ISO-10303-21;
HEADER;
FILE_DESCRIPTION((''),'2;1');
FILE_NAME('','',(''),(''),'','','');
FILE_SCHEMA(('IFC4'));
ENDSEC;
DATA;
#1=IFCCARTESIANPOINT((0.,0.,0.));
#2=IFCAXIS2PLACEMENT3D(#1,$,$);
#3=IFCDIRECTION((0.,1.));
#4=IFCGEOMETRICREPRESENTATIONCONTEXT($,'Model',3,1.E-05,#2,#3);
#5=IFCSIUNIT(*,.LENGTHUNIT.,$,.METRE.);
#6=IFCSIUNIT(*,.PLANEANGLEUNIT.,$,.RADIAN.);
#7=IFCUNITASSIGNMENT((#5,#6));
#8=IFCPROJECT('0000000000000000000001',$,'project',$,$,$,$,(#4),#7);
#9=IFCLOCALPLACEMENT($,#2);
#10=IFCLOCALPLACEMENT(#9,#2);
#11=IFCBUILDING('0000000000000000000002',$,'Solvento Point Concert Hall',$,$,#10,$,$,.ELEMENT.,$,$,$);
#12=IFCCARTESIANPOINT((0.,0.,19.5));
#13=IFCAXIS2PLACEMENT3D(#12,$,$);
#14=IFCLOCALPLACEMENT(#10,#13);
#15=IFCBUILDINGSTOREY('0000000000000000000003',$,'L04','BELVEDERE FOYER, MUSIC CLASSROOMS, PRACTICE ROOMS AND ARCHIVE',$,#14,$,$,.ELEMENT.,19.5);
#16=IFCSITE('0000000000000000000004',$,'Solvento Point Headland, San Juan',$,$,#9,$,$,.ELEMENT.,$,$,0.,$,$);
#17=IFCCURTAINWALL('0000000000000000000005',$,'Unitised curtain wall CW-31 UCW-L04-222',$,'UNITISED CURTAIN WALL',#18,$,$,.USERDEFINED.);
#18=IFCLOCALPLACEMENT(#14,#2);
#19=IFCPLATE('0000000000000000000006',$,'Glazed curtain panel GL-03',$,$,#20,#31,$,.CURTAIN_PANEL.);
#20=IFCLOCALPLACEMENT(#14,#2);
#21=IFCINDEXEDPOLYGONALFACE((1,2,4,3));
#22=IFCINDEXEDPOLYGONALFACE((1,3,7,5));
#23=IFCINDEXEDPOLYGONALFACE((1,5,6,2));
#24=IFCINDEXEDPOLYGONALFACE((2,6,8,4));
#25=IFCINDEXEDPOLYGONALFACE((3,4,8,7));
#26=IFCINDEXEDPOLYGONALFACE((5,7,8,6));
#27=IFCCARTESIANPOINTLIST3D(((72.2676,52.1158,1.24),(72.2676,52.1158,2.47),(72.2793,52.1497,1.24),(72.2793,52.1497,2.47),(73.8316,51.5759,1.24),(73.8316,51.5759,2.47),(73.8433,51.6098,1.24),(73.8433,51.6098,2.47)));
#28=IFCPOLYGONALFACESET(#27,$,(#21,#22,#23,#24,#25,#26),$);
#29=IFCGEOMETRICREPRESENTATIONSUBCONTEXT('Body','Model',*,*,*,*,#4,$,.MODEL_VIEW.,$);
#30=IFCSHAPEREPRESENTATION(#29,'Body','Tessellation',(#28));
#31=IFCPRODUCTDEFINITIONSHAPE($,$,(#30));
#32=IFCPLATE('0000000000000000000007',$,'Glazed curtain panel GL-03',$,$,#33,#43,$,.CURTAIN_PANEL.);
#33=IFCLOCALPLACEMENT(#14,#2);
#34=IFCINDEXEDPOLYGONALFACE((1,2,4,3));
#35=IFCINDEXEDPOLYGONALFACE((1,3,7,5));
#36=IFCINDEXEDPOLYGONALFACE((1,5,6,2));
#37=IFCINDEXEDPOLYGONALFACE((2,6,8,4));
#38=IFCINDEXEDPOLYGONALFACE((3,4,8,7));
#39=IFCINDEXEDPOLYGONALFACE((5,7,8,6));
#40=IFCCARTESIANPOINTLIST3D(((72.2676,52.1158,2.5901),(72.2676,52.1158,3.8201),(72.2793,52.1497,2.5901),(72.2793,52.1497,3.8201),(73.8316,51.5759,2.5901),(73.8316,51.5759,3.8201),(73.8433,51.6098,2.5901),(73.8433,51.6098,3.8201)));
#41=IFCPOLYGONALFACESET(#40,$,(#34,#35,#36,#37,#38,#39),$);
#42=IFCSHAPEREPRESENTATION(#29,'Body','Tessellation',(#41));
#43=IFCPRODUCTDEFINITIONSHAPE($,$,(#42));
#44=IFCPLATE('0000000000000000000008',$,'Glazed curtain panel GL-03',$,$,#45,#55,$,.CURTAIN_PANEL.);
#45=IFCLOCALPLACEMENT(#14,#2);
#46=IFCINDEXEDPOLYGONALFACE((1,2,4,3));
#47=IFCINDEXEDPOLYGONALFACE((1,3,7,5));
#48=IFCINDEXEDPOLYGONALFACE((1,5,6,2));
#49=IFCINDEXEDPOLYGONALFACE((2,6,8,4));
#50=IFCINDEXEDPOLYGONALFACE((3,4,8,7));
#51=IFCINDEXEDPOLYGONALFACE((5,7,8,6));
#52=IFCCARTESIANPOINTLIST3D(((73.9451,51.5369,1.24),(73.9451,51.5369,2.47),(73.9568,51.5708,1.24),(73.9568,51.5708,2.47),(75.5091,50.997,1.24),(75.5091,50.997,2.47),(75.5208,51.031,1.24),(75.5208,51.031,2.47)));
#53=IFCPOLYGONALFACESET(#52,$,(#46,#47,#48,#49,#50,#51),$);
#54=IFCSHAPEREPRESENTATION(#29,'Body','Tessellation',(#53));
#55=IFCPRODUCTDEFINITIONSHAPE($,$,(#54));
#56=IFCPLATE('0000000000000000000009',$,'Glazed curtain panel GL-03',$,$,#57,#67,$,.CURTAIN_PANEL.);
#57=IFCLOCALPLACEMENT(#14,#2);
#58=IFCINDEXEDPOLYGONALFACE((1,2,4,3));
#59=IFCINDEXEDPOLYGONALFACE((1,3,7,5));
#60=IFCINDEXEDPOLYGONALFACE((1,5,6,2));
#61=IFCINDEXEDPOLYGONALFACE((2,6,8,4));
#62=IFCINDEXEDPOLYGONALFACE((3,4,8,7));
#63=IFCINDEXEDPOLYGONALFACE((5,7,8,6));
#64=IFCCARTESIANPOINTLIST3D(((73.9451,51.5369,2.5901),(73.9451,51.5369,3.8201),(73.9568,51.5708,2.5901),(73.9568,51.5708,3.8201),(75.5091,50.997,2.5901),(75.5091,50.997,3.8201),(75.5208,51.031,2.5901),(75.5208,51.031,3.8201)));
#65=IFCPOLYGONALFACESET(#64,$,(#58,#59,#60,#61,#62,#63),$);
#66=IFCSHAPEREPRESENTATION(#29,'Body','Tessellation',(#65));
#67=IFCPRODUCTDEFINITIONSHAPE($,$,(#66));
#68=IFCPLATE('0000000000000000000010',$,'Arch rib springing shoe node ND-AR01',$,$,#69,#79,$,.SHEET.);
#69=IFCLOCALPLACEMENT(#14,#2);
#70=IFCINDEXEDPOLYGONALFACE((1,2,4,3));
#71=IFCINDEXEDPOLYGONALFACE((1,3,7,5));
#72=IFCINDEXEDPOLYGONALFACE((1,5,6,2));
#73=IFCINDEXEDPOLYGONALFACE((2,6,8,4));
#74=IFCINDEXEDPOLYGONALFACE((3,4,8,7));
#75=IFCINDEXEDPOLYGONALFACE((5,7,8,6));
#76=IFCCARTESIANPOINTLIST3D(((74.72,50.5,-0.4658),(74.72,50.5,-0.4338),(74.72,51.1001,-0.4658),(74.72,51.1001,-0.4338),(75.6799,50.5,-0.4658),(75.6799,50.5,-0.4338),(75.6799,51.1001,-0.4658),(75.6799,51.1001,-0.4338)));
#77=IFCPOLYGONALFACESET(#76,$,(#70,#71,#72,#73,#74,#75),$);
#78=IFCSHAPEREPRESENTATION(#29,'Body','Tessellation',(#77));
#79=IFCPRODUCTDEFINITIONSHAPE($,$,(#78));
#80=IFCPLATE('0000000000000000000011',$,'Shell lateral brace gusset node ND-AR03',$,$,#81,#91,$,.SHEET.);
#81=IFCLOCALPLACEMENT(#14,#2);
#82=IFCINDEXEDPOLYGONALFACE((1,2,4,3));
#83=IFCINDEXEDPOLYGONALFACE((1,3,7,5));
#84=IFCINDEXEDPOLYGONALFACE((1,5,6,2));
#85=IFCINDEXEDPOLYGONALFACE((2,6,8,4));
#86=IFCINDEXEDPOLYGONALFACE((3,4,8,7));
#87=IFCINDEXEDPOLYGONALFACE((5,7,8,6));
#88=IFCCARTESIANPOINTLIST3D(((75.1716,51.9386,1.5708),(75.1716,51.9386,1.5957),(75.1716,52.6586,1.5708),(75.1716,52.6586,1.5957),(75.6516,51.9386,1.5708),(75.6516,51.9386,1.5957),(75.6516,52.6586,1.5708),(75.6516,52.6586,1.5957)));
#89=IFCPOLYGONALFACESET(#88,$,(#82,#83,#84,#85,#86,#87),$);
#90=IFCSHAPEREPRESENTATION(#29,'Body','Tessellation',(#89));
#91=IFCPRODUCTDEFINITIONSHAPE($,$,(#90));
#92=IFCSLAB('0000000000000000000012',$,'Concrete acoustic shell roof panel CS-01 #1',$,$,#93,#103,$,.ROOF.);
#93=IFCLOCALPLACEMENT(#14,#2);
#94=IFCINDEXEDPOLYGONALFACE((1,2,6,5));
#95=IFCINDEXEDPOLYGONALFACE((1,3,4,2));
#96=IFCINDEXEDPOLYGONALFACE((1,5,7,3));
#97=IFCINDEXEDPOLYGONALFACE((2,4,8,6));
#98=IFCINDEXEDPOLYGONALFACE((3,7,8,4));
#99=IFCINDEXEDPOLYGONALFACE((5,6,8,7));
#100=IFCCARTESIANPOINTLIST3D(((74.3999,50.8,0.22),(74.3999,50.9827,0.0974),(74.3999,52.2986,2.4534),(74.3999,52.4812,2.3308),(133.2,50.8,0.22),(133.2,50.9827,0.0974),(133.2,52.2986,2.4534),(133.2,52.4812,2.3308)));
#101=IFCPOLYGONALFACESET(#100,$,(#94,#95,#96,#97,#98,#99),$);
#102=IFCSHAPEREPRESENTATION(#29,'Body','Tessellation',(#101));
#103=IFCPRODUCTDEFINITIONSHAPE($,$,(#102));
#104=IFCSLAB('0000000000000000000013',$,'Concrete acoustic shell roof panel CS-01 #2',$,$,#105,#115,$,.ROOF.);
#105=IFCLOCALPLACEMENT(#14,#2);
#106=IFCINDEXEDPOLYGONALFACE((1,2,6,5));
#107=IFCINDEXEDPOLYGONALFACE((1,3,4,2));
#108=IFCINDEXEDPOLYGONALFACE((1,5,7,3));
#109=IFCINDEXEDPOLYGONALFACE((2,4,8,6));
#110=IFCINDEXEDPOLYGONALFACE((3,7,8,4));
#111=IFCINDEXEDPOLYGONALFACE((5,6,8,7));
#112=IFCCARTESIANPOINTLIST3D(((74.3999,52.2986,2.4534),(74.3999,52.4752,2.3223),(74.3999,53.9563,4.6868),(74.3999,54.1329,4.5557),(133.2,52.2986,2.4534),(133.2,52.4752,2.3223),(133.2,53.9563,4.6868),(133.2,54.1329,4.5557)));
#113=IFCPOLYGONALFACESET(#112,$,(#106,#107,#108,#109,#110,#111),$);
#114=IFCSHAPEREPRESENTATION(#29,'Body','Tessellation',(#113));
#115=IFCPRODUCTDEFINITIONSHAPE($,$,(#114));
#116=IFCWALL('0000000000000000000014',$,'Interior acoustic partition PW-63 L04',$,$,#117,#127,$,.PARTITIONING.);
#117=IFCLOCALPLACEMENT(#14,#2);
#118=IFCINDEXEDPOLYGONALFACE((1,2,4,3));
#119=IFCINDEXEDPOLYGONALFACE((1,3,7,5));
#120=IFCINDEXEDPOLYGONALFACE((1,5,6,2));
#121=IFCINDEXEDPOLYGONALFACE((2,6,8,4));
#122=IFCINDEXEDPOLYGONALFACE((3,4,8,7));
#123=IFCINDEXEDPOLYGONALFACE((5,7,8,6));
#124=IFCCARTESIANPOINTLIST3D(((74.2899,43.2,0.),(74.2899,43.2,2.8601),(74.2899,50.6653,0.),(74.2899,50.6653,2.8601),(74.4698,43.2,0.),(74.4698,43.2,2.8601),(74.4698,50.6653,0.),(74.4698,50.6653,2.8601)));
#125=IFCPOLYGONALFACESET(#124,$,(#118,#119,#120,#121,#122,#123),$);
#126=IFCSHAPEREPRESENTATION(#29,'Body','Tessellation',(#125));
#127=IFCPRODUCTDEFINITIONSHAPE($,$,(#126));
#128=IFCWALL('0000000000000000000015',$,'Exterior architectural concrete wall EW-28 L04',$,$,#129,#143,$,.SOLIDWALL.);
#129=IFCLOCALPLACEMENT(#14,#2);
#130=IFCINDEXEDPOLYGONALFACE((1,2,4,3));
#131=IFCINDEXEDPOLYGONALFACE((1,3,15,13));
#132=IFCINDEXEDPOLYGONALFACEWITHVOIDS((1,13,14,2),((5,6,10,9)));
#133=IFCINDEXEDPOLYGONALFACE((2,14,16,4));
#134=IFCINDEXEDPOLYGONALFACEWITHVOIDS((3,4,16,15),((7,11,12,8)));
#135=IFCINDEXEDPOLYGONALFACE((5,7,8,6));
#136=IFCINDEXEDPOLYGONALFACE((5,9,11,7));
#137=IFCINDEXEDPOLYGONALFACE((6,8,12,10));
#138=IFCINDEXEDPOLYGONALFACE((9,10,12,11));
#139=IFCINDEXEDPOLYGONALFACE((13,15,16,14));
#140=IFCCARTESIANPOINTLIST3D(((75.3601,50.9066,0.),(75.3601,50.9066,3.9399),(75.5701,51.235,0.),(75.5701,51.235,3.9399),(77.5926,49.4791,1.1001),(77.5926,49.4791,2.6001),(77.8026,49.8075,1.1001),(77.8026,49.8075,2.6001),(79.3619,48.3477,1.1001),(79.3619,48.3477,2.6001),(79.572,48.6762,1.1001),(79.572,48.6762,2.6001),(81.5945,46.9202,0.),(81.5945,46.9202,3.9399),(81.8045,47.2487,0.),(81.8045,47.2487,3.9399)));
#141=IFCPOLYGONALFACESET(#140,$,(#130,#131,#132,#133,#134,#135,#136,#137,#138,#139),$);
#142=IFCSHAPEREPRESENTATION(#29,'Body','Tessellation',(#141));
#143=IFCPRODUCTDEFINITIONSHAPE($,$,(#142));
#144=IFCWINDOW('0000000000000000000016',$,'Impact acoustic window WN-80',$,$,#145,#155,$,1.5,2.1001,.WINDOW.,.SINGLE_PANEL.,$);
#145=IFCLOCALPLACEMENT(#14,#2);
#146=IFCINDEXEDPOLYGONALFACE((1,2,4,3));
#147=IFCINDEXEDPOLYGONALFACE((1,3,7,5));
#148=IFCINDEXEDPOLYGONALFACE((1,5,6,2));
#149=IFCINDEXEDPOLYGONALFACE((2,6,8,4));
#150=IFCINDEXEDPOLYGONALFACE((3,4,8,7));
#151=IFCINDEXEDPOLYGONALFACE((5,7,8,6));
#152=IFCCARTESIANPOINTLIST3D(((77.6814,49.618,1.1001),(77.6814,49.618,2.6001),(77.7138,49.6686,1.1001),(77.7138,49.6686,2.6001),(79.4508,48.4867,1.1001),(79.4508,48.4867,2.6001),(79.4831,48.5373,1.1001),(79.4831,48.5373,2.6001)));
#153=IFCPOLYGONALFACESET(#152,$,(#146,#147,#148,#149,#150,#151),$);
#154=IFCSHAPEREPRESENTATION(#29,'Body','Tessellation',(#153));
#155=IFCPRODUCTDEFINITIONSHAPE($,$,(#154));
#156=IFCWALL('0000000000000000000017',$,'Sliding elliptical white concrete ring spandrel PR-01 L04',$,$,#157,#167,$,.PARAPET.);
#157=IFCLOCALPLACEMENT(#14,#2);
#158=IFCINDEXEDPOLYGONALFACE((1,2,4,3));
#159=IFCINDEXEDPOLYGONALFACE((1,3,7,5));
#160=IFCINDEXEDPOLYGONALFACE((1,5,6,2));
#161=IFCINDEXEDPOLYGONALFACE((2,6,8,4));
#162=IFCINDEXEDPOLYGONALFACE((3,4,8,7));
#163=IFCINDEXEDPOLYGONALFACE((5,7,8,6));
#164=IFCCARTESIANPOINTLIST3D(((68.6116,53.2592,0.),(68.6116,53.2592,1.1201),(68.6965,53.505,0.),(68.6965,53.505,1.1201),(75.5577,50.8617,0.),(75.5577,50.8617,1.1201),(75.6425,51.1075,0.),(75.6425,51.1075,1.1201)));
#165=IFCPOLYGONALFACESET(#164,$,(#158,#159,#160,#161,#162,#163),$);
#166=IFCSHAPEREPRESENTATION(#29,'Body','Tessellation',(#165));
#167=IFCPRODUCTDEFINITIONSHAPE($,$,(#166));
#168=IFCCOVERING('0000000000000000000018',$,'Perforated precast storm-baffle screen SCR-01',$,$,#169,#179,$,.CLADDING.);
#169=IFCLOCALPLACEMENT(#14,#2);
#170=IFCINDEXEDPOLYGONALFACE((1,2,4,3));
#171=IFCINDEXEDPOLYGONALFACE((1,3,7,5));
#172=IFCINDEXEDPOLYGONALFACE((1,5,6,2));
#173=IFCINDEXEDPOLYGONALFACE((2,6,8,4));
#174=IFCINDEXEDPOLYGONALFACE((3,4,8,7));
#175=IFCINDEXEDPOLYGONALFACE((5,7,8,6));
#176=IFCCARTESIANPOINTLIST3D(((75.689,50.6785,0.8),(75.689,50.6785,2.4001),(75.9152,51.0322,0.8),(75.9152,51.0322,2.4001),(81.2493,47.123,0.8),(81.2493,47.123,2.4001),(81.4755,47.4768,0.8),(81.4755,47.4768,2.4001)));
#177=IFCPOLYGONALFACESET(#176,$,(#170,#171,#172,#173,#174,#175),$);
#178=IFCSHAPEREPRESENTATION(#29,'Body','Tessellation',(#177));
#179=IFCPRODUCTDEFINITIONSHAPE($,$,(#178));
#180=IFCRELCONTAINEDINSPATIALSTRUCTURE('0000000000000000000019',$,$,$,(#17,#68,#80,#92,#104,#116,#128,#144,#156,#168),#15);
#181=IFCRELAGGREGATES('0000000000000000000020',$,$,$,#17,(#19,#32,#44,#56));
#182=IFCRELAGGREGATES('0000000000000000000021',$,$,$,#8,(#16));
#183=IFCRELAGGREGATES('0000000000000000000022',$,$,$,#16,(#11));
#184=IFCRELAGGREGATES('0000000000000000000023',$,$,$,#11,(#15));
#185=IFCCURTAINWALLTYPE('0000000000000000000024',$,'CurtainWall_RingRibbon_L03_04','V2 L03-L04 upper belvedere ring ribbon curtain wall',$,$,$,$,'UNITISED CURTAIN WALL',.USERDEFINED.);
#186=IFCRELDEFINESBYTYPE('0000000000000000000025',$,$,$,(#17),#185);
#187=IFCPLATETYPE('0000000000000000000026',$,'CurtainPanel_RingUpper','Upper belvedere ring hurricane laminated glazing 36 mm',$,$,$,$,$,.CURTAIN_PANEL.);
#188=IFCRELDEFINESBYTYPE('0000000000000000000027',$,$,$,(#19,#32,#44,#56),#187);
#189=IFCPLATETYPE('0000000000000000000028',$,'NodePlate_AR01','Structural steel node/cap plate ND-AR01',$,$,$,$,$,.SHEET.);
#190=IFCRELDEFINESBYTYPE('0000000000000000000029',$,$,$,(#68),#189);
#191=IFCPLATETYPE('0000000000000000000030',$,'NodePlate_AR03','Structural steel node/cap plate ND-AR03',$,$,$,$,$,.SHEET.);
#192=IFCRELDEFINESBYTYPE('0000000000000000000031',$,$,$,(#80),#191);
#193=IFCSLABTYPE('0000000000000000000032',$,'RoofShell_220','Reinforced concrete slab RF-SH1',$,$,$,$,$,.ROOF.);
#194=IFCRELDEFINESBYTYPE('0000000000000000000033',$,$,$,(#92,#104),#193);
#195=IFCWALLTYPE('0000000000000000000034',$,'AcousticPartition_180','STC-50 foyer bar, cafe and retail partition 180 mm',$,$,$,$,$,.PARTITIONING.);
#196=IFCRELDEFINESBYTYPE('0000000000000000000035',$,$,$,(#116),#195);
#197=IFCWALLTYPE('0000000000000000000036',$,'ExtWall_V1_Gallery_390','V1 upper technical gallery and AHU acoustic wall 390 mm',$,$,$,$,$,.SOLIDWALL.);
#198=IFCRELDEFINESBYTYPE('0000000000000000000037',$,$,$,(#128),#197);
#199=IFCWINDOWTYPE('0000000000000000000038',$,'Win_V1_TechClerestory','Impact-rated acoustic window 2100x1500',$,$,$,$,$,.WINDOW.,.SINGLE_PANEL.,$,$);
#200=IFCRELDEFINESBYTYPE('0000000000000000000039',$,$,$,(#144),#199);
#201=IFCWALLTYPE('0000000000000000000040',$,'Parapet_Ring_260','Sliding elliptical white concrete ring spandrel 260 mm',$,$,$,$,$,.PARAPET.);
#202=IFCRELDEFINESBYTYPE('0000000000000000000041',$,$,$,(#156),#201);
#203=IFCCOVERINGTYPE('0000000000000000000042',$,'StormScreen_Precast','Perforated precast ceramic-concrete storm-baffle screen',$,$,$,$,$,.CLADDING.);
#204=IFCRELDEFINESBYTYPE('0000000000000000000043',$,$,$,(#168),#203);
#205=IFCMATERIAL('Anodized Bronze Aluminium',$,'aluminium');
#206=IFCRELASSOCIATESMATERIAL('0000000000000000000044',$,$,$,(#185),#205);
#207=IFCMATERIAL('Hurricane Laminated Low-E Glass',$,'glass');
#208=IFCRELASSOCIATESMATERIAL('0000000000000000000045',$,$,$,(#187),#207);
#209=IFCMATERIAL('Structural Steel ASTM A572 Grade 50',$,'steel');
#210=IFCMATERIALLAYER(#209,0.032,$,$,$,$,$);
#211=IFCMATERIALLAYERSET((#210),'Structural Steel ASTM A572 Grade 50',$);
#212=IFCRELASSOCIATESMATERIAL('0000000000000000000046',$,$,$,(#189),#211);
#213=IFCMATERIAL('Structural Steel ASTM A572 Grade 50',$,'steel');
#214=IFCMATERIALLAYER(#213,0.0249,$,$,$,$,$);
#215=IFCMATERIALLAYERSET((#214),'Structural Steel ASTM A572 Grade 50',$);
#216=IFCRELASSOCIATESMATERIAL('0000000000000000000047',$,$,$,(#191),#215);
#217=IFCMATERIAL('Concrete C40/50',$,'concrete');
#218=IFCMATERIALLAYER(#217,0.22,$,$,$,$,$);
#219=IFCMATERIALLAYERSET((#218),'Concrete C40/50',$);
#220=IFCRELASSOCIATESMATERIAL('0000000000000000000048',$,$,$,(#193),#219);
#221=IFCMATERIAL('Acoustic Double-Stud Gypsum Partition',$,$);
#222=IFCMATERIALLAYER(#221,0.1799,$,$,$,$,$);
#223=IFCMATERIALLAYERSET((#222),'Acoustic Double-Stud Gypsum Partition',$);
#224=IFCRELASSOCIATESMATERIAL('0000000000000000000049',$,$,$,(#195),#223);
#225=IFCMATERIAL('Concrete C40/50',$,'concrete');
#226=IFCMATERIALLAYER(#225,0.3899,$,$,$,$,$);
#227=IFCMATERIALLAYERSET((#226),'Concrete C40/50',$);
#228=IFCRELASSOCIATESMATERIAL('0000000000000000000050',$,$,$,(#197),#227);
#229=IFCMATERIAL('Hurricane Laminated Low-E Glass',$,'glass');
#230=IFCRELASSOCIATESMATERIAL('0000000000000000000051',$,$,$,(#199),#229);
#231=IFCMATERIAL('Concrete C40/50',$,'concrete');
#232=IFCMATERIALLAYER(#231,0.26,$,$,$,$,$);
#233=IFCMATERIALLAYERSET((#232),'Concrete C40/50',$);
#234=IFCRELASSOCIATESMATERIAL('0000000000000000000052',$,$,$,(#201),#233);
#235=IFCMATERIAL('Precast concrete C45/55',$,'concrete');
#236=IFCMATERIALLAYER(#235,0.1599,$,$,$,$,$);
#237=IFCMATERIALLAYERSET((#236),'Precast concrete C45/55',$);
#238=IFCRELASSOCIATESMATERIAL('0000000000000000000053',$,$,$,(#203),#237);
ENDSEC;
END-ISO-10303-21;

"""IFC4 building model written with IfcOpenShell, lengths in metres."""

from ifc_helpers import new_model, si_unit, direction, frame, frame_2d, origin, origin_2d, place, context, subcontext, project, spatial, polyline, rectangle, outline, extrude, material, layer, layer_set, type_object, element, fill, aggregate, save


model = new_model("IFC4")

# Units and contexts
model_context = context("Model", 3, precision=1e-05, world=origin(), true_north=direction((0.0, 1.0)))
body_context = subcontext(model_context, "Body", "Model", "MODEL_VIEW")
ifc_project = project(units=[si_unit("LENGTHUNIT", "METRE"), si_unit("PLANEANGLEUNIT", "RADIAN")], contexts=[model_context])

# Site, building, storey
site_placement = place(None, origin())
site = spatial("IfcSite", under=ifc_project, at=site_placement, Name="Solvento Point Headland, San Juan", CompositionType="ELEMENT", RefElevation=0.0)
building_placement = place(site_placement, origin())
building = spatial("IfcBuilding", under=site, at=building_placement, Name="Solvento Point Concert Hall", CompositionType="ELEMENT")
storey_placement = place(building_placement, frame((0.0, 0.0, 19.5)))
storey = spatial("IfcBuildingStorey", under=building, at=storey_placement, Name="L04", Description="BELVEDERE FOYER, MUSIC CLASSROOMS, PRACTICE ROOMS AND ARCHIVE", CompositionType="ELEMENT", Elevation=19.5)

# Shared definitions
ifc_material_1 = material(Name="Anodized Bronze Aluminium", Category="aluminium")
curtain_wall_type = type_object("IfcCurtainWallType", Name="CurtainWall_RingRibbon_L03_04", Description="V2 L03-L04 upper belvedere ring ribbon curtain wall", ElementType="UNITISED CURTAIN WALL", PredefinedType="USERDEFINED", material=ifc_material_1)

# Curtain wall
curtain_wall_1_placement = place(storey_placement, origin())
curtain_wall_1 = element("IfcCurtainWall", 1, at=curtain_wall_1_placement, inside=storey, type_object=curtain_wall_type, Name="Unitised curtain wall CW-31 UCW-L04-222", ObjectType="UNITISED CURTAIN WALL", PredefinedType="USERDEFINED")

# Plates
ifc_material_2 = material(Name="Hurricane Laminated Low-E Glass", Category="glass")
plate_type_1 = type_object("IfcPlateType", Name="CurtainPanel_RingUpper", Description="Upper belvedere ring hurricane laminated glazing 36 mm", PredefinedType="CURTAIN_PANEL", material=ifc_material_2)
plate_1_placement = place(storey_placement, frame((73.0554, 51.8628, 1.24), z_axis=(0.0, 0.0, 1.0), x_axis=(0.945271, -0.326286, 0.0)))
plate_1 = element("IfcPlate", 2, at=plate_1_placement, type_object=plate_type_1, Name="Glazed curtain panel GL-03", PredefinedType="CURTAIN_PANEL", context=body_context, shape_type="SweptSolid", body=[
    extrude(rectangle(XDim=1.6545, YDim=0.0359, at=origin_2d()), origin(), (0.0, 0.0, 1.0), 1.23),
])
plate_2_placement = place(storey_placement, frame((73.0554, 51.8628, 2.5901), z_axis=(0.0, 0.0, 1.0), x_axis=(0.945271, -0.326286, 0.0)))
plate_2 = element("IfcPlate", 3, at=plate_2_placement, type_object=plate_type_1, Name="Glazed curtain panel GL-03", PredefinedType="CURTAIN_PANEL", context=body_context, shape_type="SweptSolid", body=[
    extrude(rectangle(XDim=1.6545, YDim=0.0359, at=origin_2d()), origin(), (0.0, 0.0, 1.0), 1.23),
])
plate_3_placement = place(storey_placement, frame((74.7329, 51.2839, 1.24), z_axis=(0.0, 0.0, 1.0), x_axis=(0.945271, -0.326286, 0.0)))
plate_3 = element("IfcPlate", 4, at=plate_3_placement, type_object=plate_type_1, Name="Glazed curtain panel GL-03", PredefinedType="CURTAIN_PANEL", context=body_context, shape_type="SweptSolid", body=[
    extrude(rectangle(XDim=1.6545, YDim=0.0359, at=origin_2d()), origin(), (0.0, 0.0, 1.0), 1.23),
])
plate_4_placement = place(storey_placement, frame((74.7329, 51.2839, 2.5901), z_axis=(0.0, 0.0, 1.0), x_axis=(0.945271, -0.326286, 0.0)))
plate_4 = element("IfcPlate", 5, at=plate_4_placement, type_object=plate_type_1, Name="Glazed curtain panel GL-03", PredefinedType="CURTAIN_PANEL", context=body_context, shape_type="SweptSolid", body=[
    extrude(rectangle(XDim=1.6545, YDim=0.0359, at=origin_2d()), origin(), (0.0, 0.0, 1.0), 1.23),
])
aggregate(curtain_wall_1, [plate_1, plate_2, plate_3, plate_4])

# Plates
ifc_material_3 = material(Name="Structural Steel ASTM A572 Grade 50", Category="steel")
ifc_layer_1 = layer(ifc_material_3, 0.032)
ifc_layer_set_1 = layer_set([ifc_layer_1], Name="Structural Steel ASTM A572 Grade 50")
plate_type_2 = type_object("IfcPlateType", Name="NodePlate_AR01", Description="Structural steel node/cap plate ND-AR01", PredefinedType="SHEET", material=ifc_layer_set_1)
plate_5_placement = place(storey_placement, frame((75.2, 50.8, -0.4658), z_axis=(0.0, 0.0, 1.0), x_axis=(1.0, 0.0, 0.0)))
element("IfcPlate", 6, at=plate_5_placement, inside=storey, type_object=plate_type_2, Name="Arch rib springing shoe node ND-AR01", PredefinedType="SHEET", context=body_context, shape_type="SweptSolid", body=[
    extrude(rectangle(XDim=0.96, YDim=0.6001, at=origin_2d()), origin(), (0.0, 0.0, 1.0), 0.032),
])
ifc_material_4 = material(Name="Structural Steel ASTM A572 Grade 50", Category="steel")
ifc_layer_2 = layer(ifc_material_4, 0.0249)
ifc_layer_set_2 = layer_set([ifc_layer_2], Name="Structural Steel ASTM A572 Grade 50")
plate_type_3 = type_object("IfcPlateType", Name="NodePlate_AR03", Description="Structural steel node/cap plate ND-AR03", PredefinedType="SHEET", material=ifc_layer_set_2)
plate_6_placement = place(storey_placement, frame((75.4116, 52.2986, 1.5708), z_axis=(0.0, 0.0, 1.0), x_axis=(0.0, 1.0, 0.0)))
element("IfcPlate", 7, at=plate_6_placement, inside=storey, type_object=plate_type_3, Name="Shell lateral brace gusset node ND-AR03", PredefinedType="SHEET", context=body_context, shape_type="SweptSolid", body=[
    extrude(rectangle(XDim=0.72, YDim=0.48, at=origin_2d()), origin(), (0.0, 0.0, 1.0), 0.0249),
])

# Slabs
ifc_material_5 = material(Name="Concrete C40/50", Category="concrete")
ifc_layer_3 = layer(ifc_material_5, 0.22)
ifc_layer_set_3 = layer_set([ifc_layer_3], Name="Concrete C40/50")
slab_type = type_object("IfcSlabType", Name="RoofShell_220", Description="Reinforced concrete slab RF-SH1", PredefinedType="ROOF", material=ifc_layer_set_3)
slab_1_placement = place(storey_placement, frame((74.3999, 50.8, 0.22), z_axis=(0.0, -0.830399, 0.55717), x_axis=(1.0, 0.0, 0.0)))
element("IfcSlab", 8, at=slab_1_placement, inside=storey, type_object=slab_type, Name="Concrete acoustic shell roof panel CS-01 #1", PredefinedType="ROOF", context=body_context, shape_type="SweptSolid", body=[
    extrude(outline(polyline([(0.0, 0.0), (58.8, 0.0), (58.8, 2.6895), (0.0, 2.6895), (0.0, 0.0)])), origin(), (0.0, 0.0, -1.0), 0.22),
])
slab_2_placement = place(storey_placement, frame((74.3999, 52.2986, 2.4534), z_axis=(0.0, -0.802981, 0.596004), x_axis=(1.0, 0.0, 0.0)))
element("IfcSlab", 9, at=slab_2_placement, inside=storey, type_object=slab_type, Name="Concrete acoustic shell roof panel CS-01 #2", PredefinedType="ROOF", context=body_context, shape_type="SweptSolid", body=[
    extrude(outline(polyline([(0.0, 0.0), (58.8, 0.0), (58.8, 2.7814), (0.0, 2.7814), (0.0, 0.0)])), origin(), (0.0, 0.0, -1.0), 0.22),
])

# Wall
ifc_material_6 = material(Name="Acoustic Double-Stud Gypsum Partition")
ifc_layer_4 = layer(ifc_material_6, 0.1799)
ifc_layer_set_4 = layer_set([ifc_layer_4], Name="Acoustic Double-Stud Gypsum Partition")
wall_type_1 = type_object("IfcWallType", Name="AcousticPartition_180", Description="STC-50 foyer bar, cafe and retail partition 180 mm", PredefinedType="PARTITIONING", material=ifc_layer_set_4)
wall_1_placement = place(storey_placement, frame((74.3799, 50.6653, 0.0), z_axis=(0.0, 0.0, 1.0), x_axis=(0.0, -1.0, 0.0)))
element("IfcWall", 10, at=wall_1_placement, inside=storey, type_object=wall_type_1, Name="Interior acoustic partition PW-63 L04", PredefinedType="PARTITIONING", context=body_context, shape_type="SweptSolid", body=[
    extrude(rectangle(XDim=7.4653, YDim=0.1799, at=frame_2d((3.7327, 0.0))), origin(), (0.0, 0.0, 1.0), 2.8601),
])

# Wall, opening, window
ifc_material_7 = material(Name="Concrete C40/50", Category="concrete")
ifc_layer_5 = layer(ifc_material_7, 0.3899)
ifc_layer_set_5 = layer_set([ifc_layer_5], Name="Concrete C40/50")
wall_type_2 = type_object("IfcWallType", Name="ExtWall_V1_Gallery_390", Description="V1 upper technical gallery and AHU acoustic wall 390 mm", PredefinedType="SOLIDWALL", material=ifc_layer_set_5)
wall_2_placement = place(storey_placement, frame((75.4651, 51.0708, 0.0), z_axis=(0.0, 0.0, 1.0), x_axis=(0.842497, -0.538702, 0.0)))
wall_2 = element("IfcWall", 11, at=wall_2_placement, inside=storey, type_object=wall_type_2, Name="Exterior architectural concrete wall EW-28 L04", PredefinedType="SOLIDWALL", context=body_context, shape_type="SweptSolid", body=[
    extrude(rectangle(XDim=7.3999, YDim=0.3899, at=frame_2d((3.7, 0.0))), origin(), (0.0, 0.0, 1.0), 3.9399),
])
opening_placement = place(wall_2_placement, frame((2.6499, 0.0, 1.1001)))
opening = element("IfcOpeningElement", 12, at=opening_placement, cuts=wall_2, PredefinedType="OPENING", context=body_context, shape_type="SweptSolid", body=[
    extrude(rectangle(XDim=2.1001, YDim=1.5, at=frame_2d((1.05, 0.75))), frame((0.0, 0.2048, 0.0), z_axis=(0.0, -1.0, 0.0), x_axis=(1.0, 0.0, 0.0)), (0.0, 0.0, 1.0), 0.4099),
])
ifc_material_8 = material(Name="Hurricane Laminated Low-E Glass", Category="glass")
window_type = type_object("IfcWindowType", Name="Win_V1_TechClerestory", Description="Impact-rated acoustic window 2100x1500", PartitioningType="SINGLE_PANEL", PredefinedType="WINDOW", material=ifc_material_8)
window_placement = place(opening_placement, origin())
window = element("IfcWindow", 13, at=window_placement, inside=storey, type_object=window_type, Name="Impact acoustic window WN-80", OverallHeight=1.5, OverallWidth=2.1001, PartitioningType="SINGLE_PANEL", PredefinedType="WINDOW", context=body_context, shape_type="SweptSolid", body=[
    extrude(rectangle(XDim=2.1001, YDim=1.5, at=frame_2d((1.05, 0.75))), frame((0.0, 0.03, 0.0), z_axis=(0.0, -1.0, 0.0), x_axis=(1.0, 0.0, 0.0)), (0.0, 0.0, 1.0), 0.0601),
])
fill(opening, window)

# Wall
ifc_material_9 = material(Name="Concrete C40/50", Category="concrete")
ifc_layer_6 = layer(ifc_material_9, 0.26)
ifc_layer_set_6 = layer_set([ifc_layer_6], Name="Concrete C40/50")
wall_type_3 = type_object("IfcWallType", Name="Parapet_Ring_260", Description="Sliding elliptical white concrete ring spandrel 260 mm", PredefinedType="PARAPET", material=ifc_layer_set_6)
wall_3_placement = place(storey_placement, frame((68.6541, 53.3821, 0.0), z_axis=(0.0, 0.0, 1.0), x_axis=(0.945278, -0.326267, 0.0)))
element("IfcWall", 14, at=wall_3_placement, inside=storey, type_object=wall_type_3, Name="Sliding elliptical white concrete ring spandrel PR-01 L04", PredefinedType="PARAPET", context=body_context, shape_type="SweptSolid", body=[
    extrude(rectangle(XDim=7.3481, YDim=0.26, at=frame_2d((3.6741, 0.0))), origin(), (0.0, 0.0, 1.0), 1.1201),
])

# Covering
ifc_material_10 = material(Name="Precast concrete C45/55", Category="concrete")
ifc_layer_7 = layer(ifc_material_10, 0.1599)
ifc_layer_set_7 = layer_set([ifc_layer_7], Name="Precast concrete C45/55")
covering_type = type_object("IfcCoveringType", Name="StormScreen_Precast", Description="Perforated precast ceramic-concrete storm-baffle screen", PredefinedType="CLADDING", material=ifc_layer_set_7)
covering_placement = place(storey_placement, frame((78.5823, 49.0776, 0.8), z_axis=(0.0, 0.0, 1.0), x_axis=(0.842489, -0.538713, 0.0)))
element("IfcCovering", 15, at=covering_placement, inside=storey, type_object=covering_type, Name="Perforated precast storm-baffle screen SCR-01", PredefinedType="CLADDING", context=body_context, shape_type="SweptSolid", body=[
    extrude(rectangle(XDim=6.5999, YDim=0.4199, at=origin_2d()), origin(), (0.0, 0.0, 1.0), 1.6001),
])

save(model, "model.ifc")
